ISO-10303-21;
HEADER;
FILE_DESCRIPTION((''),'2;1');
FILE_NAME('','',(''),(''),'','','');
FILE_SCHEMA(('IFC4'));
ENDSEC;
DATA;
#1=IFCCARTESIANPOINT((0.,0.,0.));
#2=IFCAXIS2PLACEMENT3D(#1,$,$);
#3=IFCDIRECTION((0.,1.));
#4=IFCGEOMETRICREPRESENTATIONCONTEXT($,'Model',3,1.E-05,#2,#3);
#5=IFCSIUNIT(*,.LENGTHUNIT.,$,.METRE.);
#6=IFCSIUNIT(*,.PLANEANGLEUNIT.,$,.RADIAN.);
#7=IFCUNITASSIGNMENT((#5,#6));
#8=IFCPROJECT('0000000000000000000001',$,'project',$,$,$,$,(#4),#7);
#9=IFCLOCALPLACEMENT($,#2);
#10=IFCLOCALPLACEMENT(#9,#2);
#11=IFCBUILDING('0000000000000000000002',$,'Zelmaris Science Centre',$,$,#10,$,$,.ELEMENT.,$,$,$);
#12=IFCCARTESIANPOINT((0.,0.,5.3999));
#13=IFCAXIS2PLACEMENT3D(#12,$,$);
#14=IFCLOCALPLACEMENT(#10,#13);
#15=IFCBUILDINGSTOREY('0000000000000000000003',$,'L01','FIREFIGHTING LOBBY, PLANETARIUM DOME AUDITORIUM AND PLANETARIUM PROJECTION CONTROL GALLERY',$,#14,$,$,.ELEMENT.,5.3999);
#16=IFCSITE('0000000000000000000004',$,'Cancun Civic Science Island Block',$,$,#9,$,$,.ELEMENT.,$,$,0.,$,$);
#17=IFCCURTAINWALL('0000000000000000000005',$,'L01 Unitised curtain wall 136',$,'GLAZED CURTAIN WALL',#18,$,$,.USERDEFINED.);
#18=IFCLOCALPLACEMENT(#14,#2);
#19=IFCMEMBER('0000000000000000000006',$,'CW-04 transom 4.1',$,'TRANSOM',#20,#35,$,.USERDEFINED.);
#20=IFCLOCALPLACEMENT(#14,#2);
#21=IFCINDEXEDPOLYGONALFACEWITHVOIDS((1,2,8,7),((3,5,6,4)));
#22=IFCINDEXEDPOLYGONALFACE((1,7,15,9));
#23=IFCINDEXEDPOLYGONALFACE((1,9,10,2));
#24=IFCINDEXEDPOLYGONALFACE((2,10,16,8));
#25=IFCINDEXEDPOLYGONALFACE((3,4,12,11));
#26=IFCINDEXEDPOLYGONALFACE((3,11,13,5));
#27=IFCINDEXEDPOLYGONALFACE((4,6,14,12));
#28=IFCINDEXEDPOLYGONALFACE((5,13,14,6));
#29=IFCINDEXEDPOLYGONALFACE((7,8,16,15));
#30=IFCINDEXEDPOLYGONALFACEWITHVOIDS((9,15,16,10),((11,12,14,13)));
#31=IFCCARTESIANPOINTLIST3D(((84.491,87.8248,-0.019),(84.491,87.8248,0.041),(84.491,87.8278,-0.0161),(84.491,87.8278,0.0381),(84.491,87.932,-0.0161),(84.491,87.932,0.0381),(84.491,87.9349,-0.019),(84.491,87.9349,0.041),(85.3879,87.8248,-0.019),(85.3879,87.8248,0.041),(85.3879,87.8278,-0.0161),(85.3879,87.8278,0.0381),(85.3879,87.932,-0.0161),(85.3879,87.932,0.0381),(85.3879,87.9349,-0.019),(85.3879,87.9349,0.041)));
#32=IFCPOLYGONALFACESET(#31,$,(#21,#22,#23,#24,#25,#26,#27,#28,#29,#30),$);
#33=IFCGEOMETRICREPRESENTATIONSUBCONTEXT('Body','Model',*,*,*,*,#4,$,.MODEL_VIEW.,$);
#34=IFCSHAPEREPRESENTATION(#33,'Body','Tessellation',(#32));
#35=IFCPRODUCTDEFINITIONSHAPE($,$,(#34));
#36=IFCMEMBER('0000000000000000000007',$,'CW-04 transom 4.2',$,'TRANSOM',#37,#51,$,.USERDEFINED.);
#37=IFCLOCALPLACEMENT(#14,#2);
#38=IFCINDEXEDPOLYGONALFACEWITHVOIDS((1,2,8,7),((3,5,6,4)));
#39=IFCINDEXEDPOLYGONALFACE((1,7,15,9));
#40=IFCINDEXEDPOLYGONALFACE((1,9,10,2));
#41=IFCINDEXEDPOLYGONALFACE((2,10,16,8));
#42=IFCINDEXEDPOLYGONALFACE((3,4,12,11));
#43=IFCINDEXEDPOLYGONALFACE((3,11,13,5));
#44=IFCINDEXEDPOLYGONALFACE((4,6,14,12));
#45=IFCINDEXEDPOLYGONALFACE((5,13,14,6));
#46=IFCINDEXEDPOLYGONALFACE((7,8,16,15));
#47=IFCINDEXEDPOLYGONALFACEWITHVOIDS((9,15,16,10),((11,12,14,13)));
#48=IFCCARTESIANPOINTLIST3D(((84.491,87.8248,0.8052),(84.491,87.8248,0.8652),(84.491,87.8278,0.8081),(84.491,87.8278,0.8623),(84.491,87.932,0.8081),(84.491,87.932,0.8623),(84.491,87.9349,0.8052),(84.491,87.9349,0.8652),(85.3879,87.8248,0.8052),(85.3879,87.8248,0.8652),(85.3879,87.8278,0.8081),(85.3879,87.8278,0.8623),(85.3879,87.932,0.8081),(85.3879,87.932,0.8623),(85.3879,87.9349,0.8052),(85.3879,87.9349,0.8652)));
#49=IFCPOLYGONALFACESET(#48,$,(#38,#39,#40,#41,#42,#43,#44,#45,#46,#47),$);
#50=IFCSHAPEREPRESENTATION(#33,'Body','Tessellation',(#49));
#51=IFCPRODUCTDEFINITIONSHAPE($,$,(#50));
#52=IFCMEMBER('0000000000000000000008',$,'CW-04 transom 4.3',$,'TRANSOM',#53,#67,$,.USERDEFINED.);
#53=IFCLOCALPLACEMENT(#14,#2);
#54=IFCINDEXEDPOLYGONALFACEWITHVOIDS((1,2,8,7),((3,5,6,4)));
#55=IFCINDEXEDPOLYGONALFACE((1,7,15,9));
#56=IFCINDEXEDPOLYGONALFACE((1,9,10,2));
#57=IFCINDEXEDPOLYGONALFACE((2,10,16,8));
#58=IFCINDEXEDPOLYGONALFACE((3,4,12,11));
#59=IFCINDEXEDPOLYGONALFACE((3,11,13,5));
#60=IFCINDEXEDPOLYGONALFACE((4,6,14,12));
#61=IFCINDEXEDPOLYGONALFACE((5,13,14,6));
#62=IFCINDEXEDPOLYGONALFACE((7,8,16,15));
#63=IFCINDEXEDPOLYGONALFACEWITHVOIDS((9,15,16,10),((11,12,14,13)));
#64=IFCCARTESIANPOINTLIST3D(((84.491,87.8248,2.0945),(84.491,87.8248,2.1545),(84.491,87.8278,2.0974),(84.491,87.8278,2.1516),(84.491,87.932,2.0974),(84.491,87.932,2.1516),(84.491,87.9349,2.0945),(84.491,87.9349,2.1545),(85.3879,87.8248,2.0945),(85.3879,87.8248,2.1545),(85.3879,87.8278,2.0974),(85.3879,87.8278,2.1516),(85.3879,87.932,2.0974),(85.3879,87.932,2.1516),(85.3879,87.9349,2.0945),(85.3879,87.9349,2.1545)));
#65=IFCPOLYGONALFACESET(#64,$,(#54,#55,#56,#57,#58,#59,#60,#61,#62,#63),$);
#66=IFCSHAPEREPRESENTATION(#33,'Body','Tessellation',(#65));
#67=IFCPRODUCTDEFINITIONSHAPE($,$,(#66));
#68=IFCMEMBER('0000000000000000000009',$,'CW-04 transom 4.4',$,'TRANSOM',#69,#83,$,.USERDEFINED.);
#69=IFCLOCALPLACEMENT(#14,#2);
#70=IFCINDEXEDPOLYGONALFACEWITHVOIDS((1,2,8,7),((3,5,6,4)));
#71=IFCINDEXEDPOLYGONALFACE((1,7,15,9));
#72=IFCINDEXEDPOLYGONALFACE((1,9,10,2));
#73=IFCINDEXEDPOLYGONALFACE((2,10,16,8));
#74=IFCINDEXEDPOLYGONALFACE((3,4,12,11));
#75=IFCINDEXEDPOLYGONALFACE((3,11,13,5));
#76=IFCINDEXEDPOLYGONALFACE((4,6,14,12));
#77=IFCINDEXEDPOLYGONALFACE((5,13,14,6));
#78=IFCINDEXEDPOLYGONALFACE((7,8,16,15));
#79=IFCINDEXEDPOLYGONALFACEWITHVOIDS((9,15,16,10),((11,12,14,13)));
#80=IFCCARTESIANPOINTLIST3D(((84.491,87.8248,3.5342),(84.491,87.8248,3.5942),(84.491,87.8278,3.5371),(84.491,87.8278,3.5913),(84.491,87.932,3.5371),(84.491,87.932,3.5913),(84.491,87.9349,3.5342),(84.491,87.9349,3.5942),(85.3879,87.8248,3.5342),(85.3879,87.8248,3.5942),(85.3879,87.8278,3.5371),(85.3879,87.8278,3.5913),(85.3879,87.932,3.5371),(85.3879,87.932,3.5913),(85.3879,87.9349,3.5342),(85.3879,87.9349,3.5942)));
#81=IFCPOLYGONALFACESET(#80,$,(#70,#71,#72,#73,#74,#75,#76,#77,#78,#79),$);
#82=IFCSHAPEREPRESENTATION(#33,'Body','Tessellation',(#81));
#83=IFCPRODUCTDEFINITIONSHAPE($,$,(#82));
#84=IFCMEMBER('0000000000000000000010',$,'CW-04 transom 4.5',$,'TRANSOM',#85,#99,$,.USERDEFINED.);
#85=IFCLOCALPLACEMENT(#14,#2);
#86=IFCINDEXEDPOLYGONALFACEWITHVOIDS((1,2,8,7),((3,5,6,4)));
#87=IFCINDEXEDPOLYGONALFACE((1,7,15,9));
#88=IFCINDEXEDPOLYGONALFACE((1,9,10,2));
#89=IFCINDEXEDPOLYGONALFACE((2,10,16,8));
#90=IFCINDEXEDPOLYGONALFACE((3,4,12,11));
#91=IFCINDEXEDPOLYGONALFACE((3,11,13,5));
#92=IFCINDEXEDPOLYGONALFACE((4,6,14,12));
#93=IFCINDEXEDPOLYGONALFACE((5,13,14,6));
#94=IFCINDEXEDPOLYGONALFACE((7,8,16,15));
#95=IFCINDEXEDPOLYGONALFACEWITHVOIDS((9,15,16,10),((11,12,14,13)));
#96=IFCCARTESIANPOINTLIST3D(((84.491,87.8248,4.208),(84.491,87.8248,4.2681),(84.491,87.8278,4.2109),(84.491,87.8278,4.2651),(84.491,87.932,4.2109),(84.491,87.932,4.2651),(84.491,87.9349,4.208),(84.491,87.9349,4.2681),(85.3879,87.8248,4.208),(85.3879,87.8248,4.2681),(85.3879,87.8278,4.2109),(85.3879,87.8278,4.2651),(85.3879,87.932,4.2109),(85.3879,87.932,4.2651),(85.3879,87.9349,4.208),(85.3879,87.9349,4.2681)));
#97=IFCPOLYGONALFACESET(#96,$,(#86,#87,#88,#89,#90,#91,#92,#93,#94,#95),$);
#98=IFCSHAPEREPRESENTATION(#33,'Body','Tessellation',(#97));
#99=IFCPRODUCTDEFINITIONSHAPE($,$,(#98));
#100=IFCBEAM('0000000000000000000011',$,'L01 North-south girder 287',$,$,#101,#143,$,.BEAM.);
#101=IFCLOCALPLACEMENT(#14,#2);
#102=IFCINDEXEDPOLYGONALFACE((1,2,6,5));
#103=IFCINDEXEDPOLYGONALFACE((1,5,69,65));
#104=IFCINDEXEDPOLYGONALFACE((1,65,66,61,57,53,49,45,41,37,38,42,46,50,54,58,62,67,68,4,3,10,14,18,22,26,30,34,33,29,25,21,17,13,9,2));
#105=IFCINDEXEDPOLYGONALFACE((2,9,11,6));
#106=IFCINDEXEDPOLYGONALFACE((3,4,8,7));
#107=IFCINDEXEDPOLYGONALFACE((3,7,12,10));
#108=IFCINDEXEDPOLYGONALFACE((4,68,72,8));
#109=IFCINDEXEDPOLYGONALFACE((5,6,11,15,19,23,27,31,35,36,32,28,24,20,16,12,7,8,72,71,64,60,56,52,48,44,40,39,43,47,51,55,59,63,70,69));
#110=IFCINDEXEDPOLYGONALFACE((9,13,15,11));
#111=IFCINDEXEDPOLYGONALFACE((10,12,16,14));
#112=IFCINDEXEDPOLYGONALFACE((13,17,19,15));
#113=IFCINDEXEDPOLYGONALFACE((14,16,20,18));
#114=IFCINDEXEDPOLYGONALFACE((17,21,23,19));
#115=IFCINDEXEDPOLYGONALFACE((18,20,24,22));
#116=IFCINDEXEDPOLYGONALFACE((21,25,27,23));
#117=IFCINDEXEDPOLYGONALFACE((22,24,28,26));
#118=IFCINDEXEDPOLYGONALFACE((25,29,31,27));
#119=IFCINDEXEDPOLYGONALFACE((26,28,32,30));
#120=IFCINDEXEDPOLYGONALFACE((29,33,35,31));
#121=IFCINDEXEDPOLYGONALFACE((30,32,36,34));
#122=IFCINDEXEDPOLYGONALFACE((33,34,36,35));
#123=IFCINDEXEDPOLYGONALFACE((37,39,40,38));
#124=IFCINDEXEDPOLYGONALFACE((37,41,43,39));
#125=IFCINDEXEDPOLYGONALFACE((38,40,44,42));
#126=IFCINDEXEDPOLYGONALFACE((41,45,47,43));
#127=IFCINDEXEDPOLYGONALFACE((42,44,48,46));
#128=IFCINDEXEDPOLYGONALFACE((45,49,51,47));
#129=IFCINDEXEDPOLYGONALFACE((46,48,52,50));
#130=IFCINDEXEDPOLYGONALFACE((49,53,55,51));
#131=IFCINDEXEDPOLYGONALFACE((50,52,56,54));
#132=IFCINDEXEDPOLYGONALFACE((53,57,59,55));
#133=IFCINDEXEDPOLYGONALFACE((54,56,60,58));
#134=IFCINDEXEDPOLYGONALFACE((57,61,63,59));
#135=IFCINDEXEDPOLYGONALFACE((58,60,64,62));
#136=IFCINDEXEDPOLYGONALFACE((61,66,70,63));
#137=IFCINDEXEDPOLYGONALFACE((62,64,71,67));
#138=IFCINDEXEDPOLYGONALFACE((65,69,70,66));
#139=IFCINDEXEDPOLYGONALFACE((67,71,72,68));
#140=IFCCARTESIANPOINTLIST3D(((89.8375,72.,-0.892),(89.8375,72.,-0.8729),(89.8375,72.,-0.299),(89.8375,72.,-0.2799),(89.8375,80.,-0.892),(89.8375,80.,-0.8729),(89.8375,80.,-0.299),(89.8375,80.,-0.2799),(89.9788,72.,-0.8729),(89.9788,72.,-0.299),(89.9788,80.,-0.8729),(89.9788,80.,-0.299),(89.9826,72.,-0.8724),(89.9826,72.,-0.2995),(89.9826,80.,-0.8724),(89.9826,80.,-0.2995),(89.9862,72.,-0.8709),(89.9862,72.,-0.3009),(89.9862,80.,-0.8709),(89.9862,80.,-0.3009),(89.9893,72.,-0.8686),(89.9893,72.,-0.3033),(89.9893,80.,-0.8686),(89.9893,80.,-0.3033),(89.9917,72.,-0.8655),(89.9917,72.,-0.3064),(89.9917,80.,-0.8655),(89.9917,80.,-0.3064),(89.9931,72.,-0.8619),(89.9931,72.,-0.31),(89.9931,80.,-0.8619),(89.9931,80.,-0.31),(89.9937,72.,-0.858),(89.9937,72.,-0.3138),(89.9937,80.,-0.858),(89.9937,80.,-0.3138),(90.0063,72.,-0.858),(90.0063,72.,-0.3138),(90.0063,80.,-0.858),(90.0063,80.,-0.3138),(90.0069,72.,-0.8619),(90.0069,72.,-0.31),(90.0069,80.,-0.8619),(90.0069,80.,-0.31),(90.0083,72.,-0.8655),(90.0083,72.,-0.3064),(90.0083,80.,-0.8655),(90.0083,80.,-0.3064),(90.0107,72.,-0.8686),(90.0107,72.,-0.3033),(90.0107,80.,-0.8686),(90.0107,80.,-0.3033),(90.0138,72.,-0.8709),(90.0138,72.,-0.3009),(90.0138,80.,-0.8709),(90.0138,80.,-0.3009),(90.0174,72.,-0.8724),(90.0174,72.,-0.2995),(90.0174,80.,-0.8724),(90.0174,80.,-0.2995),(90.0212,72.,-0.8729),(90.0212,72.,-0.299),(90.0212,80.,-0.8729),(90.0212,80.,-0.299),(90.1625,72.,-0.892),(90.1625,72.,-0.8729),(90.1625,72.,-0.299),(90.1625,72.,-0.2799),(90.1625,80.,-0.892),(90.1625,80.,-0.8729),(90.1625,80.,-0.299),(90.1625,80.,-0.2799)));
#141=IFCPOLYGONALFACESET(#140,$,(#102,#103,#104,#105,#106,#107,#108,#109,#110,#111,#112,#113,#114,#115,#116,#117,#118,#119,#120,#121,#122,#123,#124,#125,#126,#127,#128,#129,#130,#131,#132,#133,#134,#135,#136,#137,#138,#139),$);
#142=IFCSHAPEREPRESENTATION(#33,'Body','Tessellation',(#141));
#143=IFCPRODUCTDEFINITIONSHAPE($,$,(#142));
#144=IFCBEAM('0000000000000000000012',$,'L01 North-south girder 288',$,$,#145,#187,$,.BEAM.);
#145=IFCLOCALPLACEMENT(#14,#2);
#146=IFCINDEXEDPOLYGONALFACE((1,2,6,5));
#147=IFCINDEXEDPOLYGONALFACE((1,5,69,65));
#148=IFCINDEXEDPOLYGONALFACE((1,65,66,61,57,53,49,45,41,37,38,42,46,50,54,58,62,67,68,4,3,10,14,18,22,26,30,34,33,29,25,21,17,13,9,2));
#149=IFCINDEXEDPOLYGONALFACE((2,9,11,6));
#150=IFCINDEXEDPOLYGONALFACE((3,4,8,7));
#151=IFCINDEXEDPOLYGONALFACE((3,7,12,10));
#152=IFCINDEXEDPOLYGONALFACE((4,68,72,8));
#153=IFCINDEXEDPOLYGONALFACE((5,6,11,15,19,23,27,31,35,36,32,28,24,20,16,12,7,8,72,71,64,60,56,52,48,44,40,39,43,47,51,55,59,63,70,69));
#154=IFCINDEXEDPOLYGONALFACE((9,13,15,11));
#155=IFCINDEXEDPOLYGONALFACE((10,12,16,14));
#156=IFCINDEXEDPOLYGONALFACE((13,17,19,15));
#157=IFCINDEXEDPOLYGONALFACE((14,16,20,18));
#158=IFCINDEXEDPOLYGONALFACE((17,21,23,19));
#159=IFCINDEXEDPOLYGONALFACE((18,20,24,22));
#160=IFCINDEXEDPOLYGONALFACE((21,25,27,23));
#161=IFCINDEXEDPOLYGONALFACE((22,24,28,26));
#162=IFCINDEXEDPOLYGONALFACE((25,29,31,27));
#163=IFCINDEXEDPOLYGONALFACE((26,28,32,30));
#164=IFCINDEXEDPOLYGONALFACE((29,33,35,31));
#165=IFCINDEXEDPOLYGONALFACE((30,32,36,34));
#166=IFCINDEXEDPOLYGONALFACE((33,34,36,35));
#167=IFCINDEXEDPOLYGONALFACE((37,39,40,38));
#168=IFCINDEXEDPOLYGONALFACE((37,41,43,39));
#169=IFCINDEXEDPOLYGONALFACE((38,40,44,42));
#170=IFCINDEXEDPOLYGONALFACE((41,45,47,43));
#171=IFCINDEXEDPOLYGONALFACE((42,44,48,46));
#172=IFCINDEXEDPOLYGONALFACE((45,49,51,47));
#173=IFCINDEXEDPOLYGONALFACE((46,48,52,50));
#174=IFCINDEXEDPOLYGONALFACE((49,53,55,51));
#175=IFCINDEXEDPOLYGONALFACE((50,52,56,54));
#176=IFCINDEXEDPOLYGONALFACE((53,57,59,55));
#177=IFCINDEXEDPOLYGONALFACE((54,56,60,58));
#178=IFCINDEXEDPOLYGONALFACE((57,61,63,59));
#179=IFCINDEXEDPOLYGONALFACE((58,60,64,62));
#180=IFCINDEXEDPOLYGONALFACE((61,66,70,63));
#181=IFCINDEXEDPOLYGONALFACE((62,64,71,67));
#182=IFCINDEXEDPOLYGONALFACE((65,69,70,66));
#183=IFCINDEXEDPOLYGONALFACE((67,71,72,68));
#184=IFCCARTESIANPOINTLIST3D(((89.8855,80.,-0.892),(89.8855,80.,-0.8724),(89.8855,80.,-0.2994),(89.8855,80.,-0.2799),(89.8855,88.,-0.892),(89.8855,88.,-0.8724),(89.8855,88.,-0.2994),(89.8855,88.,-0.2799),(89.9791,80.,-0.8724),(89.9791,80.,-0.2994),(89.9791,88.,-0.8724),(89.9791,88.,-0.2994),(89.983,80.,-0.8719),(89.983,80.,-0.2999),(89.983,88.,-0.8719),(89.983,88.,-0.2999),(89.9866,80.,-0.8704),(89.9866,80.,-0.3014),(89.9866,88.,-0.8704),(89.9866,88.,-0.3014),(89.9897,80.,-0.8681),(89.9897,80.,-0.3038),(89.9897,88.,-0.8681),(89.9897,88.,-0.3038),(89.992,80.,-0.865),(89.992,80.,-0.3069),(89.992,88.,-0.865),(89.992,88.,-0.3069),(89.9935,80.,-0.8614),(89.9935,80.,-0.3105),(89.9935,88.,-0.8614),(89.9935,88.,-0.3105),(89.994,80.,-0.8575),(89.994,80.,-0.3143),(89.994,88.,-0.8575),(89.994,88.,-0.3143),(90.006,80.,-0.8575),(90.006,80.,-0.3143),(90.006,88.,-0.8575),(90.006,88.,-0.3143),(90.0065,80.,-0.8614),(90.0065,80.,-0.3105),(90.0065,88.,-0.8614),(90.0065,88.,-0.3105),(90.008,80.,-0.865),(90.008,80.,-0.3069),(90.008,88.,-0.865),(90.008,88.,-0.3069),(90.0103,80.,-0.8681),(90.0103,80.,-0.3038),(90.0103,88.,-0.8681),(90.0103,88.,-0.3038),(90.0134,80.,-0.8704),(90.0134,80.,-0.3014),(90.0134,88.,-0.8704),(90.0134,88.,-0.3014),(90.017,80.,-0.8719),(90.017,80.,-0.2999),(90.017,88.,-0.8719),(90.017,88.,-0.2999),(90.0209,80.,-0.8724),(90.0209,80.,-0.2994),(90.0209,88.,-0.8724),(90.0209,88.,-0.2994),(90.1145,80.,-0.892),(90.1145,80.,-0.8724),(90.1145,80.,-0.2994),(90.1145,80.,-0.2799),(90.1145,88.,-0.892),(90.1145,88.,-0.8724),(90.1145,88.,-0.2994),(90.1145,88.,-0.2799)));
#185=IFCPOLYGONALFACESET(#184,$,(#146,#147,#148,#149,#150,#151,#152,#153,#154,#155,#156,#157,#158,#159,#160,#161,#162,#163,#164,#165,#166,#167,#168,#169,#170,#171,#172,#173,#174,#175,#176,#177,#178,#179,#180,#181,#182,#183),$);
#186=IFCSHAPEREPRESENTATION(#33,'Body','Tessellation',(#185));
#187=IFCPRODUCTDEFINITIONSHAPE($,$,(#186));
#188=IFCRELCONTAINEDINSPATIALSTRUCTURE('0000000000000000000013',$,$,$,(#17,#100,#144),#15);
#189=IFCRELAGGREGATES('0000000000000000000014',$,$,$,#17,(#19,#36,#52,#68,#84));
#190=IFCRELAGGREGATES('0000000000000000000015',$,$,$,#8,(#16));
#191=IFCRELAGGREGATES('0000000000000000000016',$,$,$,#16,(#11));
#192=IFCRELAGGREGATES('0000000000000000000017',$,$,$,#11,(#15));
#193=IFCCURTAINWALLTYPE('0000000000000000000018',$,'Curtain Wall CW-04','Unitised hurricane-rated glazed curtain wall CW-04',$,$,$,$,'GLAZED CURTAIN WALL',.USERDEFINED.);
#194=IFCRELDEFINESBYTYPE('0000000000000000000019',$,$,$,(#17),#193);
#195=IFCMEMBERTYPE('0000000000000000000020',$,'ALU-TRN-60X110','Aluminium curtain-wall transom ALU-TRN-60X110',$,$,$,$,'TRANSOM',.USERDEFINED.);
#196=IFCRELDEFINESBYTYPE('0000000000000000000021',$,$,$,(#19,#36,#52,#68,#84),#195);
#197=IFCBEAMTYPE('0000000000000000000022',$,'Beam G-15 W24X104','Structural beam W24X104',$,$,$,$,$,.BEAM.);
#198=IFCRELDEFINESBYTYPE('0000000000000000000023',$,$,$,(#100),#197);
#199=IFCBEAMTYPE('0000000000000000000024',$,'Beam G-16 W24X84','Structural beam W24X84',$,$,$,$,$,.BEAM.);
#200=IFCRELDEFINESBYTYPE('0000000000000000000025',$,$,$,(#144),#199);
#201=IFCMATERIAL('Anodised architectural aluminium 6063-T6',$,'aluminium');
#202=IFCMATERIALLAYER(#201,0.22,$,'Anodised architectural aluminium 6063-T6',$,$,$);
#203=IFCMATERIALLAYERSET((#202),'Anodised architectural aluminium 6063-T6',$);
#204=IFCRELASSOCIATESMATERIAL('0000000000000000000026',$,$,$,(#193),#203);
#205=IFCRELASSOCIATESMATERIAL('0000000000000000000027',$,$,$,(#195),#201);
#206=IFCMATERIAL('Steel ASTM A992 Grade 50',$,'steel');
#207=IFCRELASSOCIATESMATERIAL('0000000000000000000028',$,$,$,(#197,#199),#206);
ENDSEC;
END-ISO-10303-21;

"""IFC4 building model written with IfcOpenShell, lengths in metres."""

from ifc_helpers import new_model, si_unit, direction, frame, origin, origin_2d, place, context, subcontext, project, spatial, hollow_rectangle, i_section, extrude, material, layer, layer_set, material_profile, profile_set, type_object, element, aggregate, save


model = new_model("IFC4")

# Units and contexts
model_context = context("Model", 3, precision=1e-05, world=origin(), true_north=direction((0.0, 1.0)))
body_context = subcontext(model_context, "Body", "Model", "MODEL_VIEW")
ifc_project = project(units=[si_unit("LENGTHUNIT", "METRE"), si_unit("PLANEANGLEUNIT", "RADIAN")], contexts=[model_context])

# Site, building, storey
site_placement = place(None, origin())
site = spatial("IfcSite", under=ifc_project, at=site_placement, Name="Cancun Civic Science Island Block", CompositionType="ELEMENT", RefElevation=0.0)
building_placement = place(site_placement, origin())
building = spatial("IfcBuilding", under=site, at=building_placement, Name="Zelmaris Science Centre", CompositionType="ELEMENT")
storey_placement = place(building_placement, frame((0.0, 0.0, 5.3999)))
storey = spatial("IfcBuildingStorey", under=building, at=storey_placement, Name="L01", Description="FIREFIGHTING LOBBY, PLANETARIUM DOME AUDITORIUM AND PLANETARIUM PROJECTION CONTROL GALLERY", CompositionType="ELEMENT", Elevation=5.3999)

# Shared definitions
ifc_material_1 = material(Name="Steel ASTM A992 Grade 50", Category="steel")

# Curtain wall, members
ifc_material_2 = material(Name="Anodised architectural aluminium 6063-T6", Category="aluminium")
ifc_layer_1 = layer(ifc_material_2, 0.22, Name="Anodised architectural aluminium 6063-T6")
ifc_layer_set_1 = layer_set([ifc_layer_1], Name="Anodised architectural aluminium 6063-T6")
curtain_wall_type = type_object("IfcCurtainWallType", Name="Curtain Wall CW-04", Description="Unitised hurricane-rated glazed curtain wall CW-04", ElementType="GLAZED CURTAIN WALL", PredefinedType="USERDEFINED", material=ifc_layer_set_1)
curtain_wall_placement = place(storey_placement, origin())
curtain_wall = element("IfcCurtainWall", 1, at=curtain_wall_placement, inside=storey, type_object=curtain_wall_type, Name="L01 Unitised curtain wall 136", ObjectType="GLAZED CURTAIN WALL", PredefinedType="USERDEFINED")
ifc_material_profile_1 = material_profile(ifc_material_2, hollow_rectangle(XDim=0.0601, YDim=0.1101, WallThickness=0.0029, at=origin_2d()), Name="ALU-TRN-60X110")
ifc_profile_set_1 = profile_set([ifc_material_profile_1], Name="Anodised architectural aluminium 6063-T6")
member_type_1 = type_object("IfcMemberType", Name="ALU-TRN-60X110", Description="Aluminium curtain-wall transom ALU-TRN-60X110", ElementType="TRANSOM", PredefinedType="USERDEFINED", material=ifc_profile_set_1)
member_1_placement = place(storey_placement, frame((84.491, 87.8799, 0.011), z_axis=(1.0, 0.0, 0.0), x_axis=(0.0, 0.0, 1.0)))
member_1 = element("IfcMember", 2, at=member_1_placement, type_object=member_type_1, Name="CW-04 transom 4.1", ObjectType="TRANSOM", PredefinedType="USERDEFINED", context=body_context, shape_type="SweptSolid", body=[
    extrude(hollow_rectangle(XDim=0.0601, YDim=0.1101, WallThickness=0.0029, at=origin_2d()), origin(), (0.0, 0.0, 1.0), 0.897),
])
member_2_placement = place(storey_placement, frame((84.491, 87.8799, 0.8352), z_axis=(1.0, 0.0, 0.0), x_axis=(0.0, 0.0, 1.0)))
member_2 = element("IfcMember", 3, at=member_2_placement, type_object=member_type_1, Name="CW-04 transom 4.2", ObjectType="TRANSOM", PredefinedType="USERDEFINED", context=body_context, shape_type="SweptSolid", body=[
    extrude(hollow_rectangle(XDim=0.0601, YDim=0.1101, WallThickness=0.0029, at=origin_2d()), origin(), (0.0, 0.0, 1.0), 0.897),
])
member_3_placement = place(storey_placement, frame((84.491, 87.8799, 2.1245), z_axis=(1.0, 0.0, 0.0), x_axis=(0.0, 0.0, 1.0)))
member_3 = element("IfcMember", 4, at=member_3_placement, type_object=member_type_1, Name="CW-04 transom 4.3", ObjectType="TRANSOM", PredefinedType="USERDEFINED", context=body_context, shape_type="SweptSolid", body=[
    extrude(hollow_rectangle(XDim=0.0601, YDim=0.1101, WallThickness=0.0029, at=origin_2d()), origin(), (0.0, 0.0, 1.0), 0.897),
])
member_4_placement = place(storey_placement, frame((84.491, 87.8799, 3.5642), z_axis=(1.0, 0.0, 0.0), x_axis=(0.0, 0.0, 1.0)))
member_4 = element("IfcMember", 5, at=member_4_placement, type_object=member_type_1, Name="CW-04 transom 4.4", ObjectType="TRANSOM", PredefinedType="USERDEFINED", context=body_context, shape_type="SweptSolid", body=[
    extrude(hollow_rectangle(XDim=0.0601, YDim=0.1101, WallThickness=0.0029, at=origin_2d()), origin(), (0.0, 0.0, 1.0), 0.897),
])
member_5_placement = place(storey_placement, frame((84.491, 87.8799, 4.238), z_axis=(1.0, 0.0, 0.0), x_axis=(0.0, 0.0, 1.0)))
member_5 = element("IfcMember", 6, at=member_5_placement, type_object=member_type_1, Name="CW-04 transom 4.5", ObjectType="TRANSOM", PredefinedType="USERDEFINED", context=body_context, shape_type="SweptSolid", body=[
    extrude(hollow_rectangle(XDim=0.0601, YDim=0.1101, WallThickness=0.0029, at=origin_2d()), origin(), (0.0, 0.0, 1.0), 0.897),
])

# Beams
ifc_material_profile_2 = material_profile(ifc_material_1, i_section(OverallWidth=0.325, OverallDepth=0.6121, WebThickness=0.0127, FlangeThickness=0.019, FilletRadius=0.0149, at=origin_2d()), Name="W24X104")
ifc_profile_set_2 = profile_set([ifc_material_profile_2], Name="Steel ASTM A992 Grade 50")
beam_type_1 = type_object("IfcBeamType", Name="Beam G-15 W24X104", Description="Structural beam W24X104", PredefinedType="BEAM", material=ifc_profile_set_2)
beam_1_placement = place(storey_placement, frame((90.0, 72.0, -0.5859), z_axis=(0.0, 1.0, 0.0), x_axis=(-1.0, 0.0, 0.0)))
element("IfcBeam", 7, at=beam_1_placement, inside=storey, type_object=beam_type_1, Name="L01 North-south girder 287", PredefinedType="BEAM", context=body_context, shape_type="SweptSolid", body=[
    extrude(i_section(OverallWidth=0.325, OverallDepth=0.6121, WebThickness=0.0127, FlangeThickness=0.019, FilletRadius=0.0149, at=origin_2d()), origin(), (0.0, 0.0, 1.0), 8.0),
])
ifc_material_profile_3 = material_profile(ifc_material_1, i_section(OverallWidth=0.229, OverallDepth=0.6121, WebThickness=0.012, FlangeThickness=0.0195, FilletRadius=0.0149, at=origin_2d()), Name="W24X84")
ifc_profile_set_3 = profile_set([ifc_material_profile_3], Name="Steel ASTM A992 Grade 50")
beam_type_2 = type_object("IfcBeamType", Name="Beam G-16 W24X84", Description="Structural beam W24X84", PredefinedType="BEAM", material=ifc_profile_set_3)
beam_2_placement = place(storey_placement, frame((90.0, 80.0, -0.5859), z_axis=(0.0, 1.0, 0.0), x_axis=(-1.0, 0.0, 0.0)))
element("IfcBeam", 8, at=beam_2_placement, inside=storey, type_object=beam_type_2, Name="L01 North-south girder 288", PredefinedType="BEAM", context=body_context, shape_type="SweptSolid", body=[
    extrude(i_section(OverallWidth=0.229, OverallDepth=0.6121, WebThickness=0.012, FlangeThickness=0.0195, FilletRadius=0.0149, at=origin_2d()), origin(), (0.0, 0.0, 1.0), 8.0),
])

aggregate(curtain_wall, [member_1, member_2, member_3, member_4, member_5])

save(model, "model.ifc")
